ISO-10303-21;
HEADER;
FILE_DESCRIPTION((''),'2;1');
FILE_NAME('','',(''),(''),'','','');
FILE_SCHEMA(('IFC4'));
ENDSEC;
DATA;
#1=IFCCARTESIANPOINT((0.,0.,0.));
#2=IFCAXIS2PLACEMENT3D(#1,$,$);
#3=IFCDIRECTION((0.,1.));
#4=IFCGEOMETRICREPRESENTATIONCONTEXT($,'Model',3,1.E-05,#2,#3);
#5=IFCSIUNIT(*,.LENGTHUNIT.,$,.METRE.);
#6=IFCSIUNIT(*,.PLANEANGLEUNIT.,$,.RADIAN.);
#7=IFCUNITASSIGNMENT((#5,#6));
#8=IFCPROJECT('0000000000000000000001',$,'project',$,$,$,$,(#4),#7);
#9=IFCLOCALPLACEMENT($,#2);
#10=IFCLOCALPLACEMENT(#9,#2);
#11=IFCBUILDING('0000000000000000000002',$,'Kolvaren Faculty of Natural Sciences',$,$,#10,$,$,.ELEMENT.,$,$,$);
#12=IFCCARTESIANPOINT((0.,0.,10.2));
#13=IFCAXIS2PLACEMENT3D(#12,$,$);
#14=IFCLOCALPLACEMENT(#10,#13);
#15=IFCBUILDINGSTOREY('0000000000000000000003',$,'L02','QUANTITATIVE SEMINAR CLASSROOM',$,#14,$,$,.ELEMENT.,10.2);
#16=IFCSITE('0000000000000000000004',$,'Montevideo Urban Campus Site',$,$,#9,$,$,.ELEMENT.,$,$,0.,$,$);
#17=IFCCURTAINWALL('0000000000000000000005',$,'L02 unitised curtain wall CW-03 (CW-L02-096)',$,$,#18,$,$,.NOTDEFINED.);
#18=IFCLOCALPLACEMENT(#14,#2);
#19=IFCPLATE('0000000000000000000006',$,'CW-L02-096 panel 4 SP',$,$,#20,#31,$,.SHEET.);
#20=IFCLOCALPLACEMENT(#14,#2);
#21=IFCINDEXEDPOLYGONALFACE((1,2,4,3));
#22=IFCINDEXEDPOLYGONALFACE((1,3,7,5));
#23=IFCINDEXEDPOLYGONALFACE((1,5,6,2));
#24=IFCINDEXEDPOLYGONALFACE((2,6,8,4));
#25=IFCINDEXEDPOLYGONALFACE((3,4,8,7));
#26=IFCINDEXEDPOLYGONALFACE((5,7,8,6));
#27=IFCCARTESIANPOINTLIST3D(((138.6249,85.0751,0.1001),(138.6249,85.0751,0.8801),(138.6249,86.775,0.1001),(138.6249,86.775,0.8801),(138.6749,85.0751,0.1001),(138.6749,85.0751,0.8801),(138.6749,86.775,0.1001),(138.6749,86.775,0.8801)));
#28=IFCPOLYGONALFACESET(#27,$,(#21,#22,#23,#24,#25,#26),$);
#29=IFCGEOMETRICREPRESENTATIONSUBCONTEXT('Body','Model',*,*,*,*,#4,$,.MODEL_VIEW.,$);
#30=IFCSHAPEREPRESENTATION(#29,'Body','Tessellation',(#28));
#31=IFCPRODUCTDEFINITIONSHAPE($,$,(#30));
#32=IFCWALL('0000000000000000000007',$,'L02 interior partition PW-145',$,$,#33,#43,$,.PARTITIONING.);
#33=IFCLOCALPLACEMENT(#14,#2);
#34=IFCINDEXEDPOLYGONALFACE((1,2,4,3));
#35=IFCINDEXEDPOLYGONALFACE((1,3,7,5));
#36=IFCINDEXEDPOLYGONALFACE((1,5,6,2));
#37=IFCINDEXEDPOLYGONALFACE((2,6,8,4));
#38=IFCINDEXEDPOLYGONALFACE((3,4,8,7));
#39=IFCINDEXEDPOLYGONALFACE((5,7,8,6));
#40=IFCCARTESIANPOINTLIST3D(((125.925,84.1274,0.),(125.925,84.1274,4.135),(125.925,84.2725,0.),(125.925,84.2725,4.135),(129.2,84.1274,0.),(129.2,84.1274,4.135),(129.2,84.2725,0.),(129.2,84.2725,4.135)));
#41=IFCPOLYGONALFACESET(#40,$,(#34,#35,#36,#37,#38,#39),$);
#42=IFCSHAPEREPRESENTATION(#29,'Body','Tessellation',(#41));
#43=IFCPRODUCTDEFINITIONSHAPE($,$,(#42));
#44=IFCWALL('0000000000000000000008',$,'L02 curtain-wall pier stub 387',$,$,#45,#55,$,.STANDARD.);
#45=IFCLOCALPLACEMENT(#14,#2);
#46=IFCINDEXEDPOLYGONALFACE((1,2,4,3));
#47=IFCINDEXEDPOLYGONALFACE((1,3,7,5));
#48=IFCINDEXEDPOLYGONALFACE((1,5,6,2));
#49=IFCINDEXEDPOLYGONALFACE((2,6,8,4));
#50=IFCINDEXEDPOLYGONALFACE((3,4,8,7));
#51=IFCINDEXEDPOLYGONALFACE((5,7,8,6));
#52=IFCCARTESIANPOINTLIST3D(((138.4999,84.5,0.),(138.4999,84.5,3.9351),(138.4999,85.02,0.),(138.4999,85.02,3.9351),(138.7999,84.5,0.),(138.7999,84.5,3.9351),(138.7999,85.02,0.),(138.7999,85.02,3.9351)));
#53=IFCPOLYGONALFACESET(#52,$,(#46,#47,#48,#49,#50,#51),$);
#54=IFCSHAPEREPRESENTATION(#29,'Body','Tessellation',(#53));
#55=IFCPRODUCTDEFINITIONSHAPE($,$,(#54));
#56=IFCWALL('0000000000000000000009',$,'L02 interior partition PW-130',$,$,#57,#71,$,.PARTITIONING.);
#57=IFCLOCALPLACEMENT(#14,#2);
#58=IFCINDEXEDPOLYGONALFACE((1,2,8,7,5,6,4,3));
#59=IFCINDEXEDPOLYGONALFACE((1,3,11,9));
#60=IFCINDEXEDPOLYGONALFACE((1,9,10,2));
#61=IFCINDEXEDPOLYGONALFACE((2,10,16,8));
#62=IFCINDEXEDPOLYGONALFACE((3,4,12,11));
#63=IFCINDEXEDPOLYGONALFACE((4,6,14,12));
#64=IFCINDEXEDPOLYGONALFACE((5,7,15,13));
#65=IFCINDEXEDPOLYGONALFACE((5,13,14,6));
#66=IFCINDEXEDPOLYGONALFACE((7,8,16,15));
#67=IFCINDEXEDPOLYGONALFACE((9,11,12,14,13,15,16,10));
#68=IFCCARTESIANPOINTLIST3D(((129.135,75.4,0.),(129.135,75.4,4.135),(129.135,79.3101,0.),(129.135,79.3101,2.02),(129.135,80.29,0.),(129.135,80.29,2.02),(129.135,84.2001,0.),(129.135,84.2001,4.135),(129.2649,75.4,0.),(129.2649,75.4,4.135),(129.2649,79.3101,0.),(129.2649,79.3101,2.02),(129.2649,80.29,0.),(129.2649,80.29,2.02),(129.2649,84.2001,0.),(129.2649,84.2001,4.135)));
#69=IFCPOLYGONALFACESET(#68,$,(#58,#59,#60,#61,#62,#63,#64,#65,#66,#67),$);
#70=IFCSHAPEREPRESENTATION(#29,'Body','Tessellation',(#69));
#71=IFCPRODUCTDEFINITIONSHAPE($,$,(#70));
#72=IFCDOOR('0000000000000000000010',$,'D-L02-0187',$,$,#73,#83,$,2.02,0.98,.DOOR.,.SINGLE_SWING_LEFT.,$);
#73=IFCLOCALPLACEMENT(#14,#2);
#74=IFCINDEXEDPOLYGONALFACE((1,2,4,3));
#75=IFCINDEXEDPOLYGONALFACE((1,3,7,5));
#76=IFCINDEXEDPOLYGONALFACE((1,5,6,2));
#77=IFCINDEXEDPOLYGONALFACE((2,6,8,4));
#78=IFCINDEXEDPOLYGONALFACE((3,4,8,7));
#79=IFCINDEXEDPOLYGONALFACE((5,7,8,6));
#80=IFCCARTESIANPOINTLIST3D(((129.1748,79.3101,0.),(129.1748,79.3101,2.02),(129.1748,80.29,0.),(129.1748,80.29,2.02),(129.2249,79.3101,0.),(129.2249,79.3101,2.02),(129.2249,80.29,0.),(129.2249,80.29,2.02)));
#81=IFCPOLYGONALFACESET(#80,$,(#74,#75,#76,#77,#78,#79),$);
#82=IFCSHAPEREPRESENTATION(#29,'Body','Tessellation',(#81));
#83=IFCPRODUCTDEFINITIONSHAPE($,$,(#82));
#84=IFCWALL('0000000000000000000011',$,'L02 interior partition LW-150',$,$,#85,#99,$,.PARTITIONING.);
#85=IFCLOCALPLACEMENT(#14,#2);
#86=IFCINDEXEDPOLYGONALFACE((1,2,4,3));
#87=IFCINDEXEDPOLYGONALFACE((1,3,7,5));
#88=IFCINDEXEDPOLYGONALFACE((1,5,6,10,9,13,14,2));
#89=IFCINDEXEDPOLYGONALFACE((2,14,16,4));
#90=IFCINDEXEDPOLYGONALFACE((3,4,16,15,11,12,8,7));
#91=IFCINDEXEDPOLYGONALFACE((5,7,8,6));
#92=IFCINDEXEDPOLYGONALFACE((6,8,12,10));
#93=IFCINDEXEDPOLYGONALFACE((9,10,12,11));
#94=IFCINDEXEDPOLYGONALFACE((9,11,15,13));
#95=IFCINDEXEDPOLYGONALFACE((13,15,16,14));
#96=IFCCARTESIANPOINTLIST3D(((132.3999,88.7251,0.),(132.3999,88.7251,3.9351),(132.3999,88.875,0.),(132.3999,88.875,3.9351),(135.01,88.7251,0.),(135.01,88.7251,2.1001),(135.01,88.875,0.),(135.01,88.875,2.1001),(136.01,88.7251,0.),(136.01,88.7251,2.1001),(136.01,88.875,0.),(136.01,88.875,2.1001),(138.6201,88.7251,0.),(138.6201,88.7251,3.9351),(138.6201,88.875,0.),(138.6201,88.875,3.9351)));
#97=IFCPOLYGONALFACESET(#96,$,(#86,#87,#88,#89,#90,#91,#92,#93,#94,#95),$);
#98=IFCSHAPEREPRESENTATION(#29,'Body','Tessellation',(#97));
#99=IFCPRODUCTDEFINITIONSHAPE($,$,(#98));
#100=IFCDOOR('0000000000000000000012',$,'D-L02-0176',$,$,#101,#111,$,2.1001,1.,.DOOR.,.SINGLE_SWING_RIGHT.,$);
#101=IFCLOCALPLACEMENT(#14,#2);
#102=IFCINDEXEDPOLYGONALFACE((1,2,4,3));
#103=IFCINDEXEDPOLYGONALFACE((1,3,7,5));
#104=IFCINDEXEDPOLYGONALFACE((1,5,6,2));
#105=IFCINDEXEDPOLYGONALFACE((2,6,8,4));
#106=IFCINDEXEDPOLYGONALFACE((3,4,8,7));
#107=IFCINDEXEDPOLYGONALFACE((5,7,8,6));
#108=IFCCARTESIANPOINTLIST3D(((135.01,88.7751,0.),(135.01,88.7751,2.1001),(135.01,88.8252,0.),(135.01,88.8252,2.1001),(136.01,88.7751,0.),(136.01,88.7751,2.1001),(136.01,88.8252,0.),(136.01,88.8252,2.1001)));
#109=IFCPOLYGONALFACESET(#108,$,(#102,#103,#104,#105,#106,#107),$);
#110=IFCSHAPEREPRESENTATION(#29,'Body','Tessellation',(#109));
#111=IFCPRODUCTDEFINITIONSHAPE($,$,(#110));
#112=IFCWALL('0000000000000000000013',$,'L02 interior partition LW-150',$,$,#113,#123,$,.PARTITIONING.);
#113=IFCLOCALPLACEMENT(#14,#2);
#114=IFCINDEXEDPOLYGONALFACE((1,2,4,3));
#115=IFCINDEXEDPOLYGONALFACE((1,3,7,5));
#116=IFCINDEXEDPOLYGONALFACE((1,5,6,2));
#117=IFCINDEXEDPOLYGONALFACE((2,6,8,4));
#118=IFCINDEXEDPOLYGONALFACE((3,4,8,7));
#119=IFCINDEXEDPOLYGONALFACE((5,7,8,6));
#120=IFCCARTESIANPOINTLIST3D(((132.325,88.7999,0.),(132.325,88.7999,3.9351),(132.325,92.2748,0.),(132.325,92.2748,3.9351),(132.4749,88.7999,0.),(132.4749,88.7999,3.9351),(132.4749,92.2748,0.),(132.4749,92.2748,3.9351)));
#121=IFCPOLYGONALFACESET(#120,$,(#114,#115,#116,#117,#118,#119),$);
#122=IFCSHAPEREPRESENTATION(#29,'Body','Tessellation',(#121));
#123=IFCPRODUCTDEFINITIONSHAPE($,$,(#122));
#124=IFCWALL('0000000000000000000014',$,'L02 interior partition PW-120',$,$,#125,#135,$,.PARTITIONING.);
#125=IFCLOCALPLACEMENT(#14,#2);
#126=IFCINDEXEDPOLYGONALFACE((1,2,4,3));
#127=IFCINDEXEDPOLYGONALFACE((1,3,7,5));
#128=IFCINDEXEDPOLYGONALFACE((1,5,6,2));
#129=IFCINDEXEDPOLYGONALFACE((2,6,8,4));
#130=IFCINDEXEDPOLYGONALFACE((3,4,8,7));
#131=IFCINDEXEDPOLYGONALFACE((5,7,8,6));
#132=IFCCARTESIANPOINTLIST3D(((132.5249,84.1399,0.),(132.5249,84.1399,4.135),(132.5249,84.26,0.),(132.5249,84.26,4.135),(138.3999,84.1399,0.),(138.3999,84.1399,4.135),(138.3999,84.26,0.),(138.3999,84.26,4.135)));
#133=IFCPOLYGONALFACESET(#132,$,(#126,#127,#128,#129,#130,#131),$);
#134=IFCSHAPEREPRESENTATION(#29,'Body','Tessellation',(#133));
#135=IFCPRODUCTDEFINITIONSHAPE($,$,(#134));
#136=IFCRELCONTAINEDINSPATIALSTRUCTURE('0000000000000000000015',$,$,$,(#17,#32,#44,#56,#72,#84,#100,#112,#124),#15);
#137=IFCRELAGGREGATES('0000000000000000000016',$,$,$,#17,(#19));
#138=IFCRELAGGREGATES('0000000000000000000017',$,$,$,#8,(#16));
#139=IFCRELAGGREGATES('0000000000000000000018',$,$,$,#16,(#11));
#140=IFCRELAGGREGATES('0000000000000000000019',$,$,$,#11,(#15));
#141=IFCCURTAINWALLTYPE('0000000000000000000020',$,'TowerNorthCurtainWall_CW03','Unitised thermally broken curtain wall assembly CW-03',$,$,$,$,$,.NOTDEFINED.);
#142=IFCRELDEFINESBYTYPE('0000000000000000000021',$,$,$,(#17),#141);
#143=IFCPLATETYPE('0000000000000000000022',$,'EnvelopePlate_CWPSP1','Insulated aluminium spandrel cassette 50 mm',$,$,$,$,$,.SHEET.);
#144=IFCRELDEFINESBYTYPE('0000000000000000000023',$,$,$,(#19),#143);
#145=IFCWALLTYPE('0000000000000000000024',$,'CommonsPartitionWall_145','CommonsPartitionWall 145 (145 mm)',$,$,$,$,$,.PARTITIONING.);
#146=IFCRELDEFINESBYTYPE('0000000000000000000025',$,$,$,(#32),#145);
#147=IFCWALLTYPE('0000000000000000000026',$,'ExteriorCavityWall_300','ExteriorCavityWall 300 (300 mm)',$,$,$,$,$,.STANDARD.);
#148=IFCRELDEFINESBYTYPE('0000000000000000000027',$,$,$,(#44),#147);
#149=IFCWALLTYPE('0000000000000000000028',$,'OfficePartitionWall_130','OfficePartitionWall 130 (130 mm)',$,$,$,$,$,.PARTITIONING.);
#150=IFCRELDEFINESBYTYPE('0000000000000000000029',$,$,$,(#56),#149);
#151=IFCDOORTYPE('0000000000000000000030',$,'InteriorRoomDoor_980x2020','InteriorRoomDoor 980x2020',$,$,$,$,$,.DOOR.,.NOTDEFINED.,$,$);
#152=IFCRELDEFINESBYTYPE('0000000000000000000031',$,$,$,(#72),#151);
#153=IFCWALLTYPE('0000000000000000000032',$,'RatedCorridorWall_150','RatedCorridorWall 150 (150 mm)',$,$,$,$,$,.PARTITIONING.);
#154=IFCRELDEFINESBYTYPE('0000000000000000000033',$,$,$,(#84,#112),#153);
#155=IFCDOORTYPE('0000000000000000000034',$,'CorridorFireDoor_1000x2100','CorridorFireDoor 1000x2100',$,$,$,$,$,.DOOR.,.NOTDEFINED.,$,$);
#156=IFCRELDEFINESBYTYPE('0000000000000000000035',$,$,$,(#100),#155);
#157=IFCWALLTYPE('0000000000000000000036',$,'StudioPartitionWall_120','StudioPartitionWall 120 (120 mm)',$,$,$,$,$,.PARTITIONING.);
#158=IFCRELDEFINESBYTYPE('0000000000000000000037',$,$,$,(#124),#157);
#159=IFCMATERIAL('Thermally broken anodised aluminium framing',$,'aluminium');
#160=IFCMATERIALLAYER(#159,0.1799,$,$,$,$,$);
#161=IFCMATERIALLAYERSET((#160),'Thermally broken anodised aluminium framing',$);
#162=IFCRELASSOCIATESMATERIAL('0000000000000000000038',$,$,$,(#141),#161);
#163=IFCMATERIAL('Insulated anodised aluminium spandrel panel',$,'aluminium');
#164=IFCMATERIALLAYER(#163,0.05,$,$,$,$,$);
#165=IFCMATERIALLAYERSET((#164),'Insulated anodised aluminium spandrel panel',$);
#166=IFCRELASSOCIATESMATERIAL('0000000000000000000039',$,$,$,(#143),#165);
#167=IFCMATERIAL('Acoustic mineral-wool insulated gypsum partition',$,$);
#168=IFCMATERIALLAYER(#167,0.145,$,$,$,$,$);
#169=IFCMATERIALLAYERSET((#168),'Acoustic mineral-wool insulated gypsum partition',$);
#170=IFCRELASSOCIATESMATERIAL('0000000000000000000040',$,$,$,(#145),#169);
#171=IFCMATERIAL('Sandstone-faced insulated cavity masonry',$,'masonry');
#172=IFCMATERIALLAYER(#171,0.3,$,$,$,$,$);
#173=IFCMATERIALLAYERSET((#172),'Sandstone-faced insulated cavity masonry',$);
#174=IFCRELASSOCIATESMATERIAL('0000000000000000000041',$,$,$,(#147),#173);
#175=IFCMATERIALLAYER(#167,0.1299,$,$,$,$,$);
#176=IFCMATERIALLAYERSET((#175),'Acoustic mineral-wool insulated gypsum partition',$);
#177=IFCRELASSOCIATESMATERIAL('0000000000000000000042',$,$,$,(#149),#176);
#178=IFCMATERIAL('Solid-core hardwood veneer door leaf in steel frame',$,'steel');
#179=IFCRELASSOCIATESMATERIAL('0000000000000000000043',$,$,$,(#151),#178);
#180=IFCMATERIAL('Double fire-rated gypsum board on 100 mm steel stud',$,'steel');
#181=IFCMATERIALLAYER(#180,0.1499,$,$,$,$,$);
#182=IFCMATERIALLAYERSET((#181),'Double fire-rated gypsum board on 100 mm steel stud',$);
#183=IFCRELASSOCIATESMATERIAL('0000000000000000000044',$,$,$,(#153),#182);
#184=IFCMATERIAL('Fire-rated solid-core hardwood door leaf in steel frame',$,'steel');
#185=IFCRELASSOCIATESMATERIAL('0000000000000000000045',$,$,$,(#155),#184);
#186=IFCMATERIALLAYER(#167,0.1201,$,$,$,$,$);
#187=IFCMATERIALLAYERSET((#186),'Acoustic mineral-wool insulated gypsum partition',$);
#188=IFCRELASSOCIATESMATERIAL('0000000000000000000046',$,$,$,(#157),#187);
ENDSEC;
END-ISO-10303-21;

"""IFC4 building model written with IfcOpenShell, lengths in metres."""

from ifc_helpers import new_model, si_unit, direction, frame, frame_2d, origin, origin_2d, place, context, subcontext, project, spatial, rectangle, extrude, material, layer, layer_set, type_object, element, fill, aggregate, save


model = new_model("IFC4")

# Units and contexts
model_context = context("Model", 3, precision=1e-05, world=origin(), true_north=direction((0.0, 1.0)))
body_context = subcontext(model_context, "Body", "Model", "MODEL_VIEW")
ifc_project = project(units=[si_unit("LENGTHUNIT", "METRE"), si_unit("PLANEANGLEUNIT", "RADIAN")], contexts=[model_context])

# Site, building, storey
site_placement = place(None, origin())
site = spatial("IfcSite", under=ifc_project, at=site_placement, Name="Montevideo Urban Campus Site", CompositionType="ELEMENT", RefElevation=0.0)
building_placement = place(site_placement, origin())
building = spatial("IfcBuilding", under=site, at=building_placement, Name="Kolvaren Faculty of Natural Sciences", CompositionType="ELEMENT")
storey_placement = place(building_placement, frame((0.0, 0.0, 10.2)))
storey = spatial("IfcBuildingStorey", under=building, at=storey_placement, Name="L02", Description="QUANTITATIVE SEMINAR CLASSROOM", CompositionType="ELEMENT", Elevation=10.2)

# Curtain wall
ifc_material_1 = material(Name="Thermally broken anodised aluminium framing", Category="aluminium")
ifc_layer_1 = layer(ifc_material_1, 0.1799)
ifc_layer_set_1 = layer_set([ifc_layer_1], Name="Thermally broken anodised aluminium framing")
curtain_wall_type = type_object("IfcCurtainWallType", Name="TowerNorthCurtainWall_CW03", Description="Unitised thermally broken curtain wall assembly CW-03", PredefinedType="NOTDEFINED", material=ifc_layer_set_1)
curtain_wall_placement = place(storey_placement, origin())
curtain_wall = element("IfcCurtainWall", 1, at=curtain_wall_placement, inside=storey, type_object=curtain_wall_type, Name="L02 unitised curtain wall CW-03 (CW-L02-096)", PredefinedType="NOTDEFINED")

# Plate
ifc_material_2 = material(Name="Insulated anodised aluminium spandrel panel", Category="aluminium")
ifc_layer_2 = layer(ifc_material_2, 0.05)
ifc_layer_set_2 = layer_set([ifc_layer_2], Name="Insulated anodised aluminium spandrel panel")
plate_type_1 = type_object("IfcPlateType", Name="EnvelopePlate_CWPSP1", Description="Insulated aluminium spandrel cassette 50 mm", PredefinedType="SHEET", material=ifc_layer_set_2)
plate_1_placement = place(storey_placement, frame((138.6499, 85.925, 0.1001), z_axis=(0.0, 0.0, 1.0), x_axis=(0.0, -1.0, 0.0)))
plate_1 = element("IfcPlate", 2, at=plate_1_placement, type_object=plate_type_1, Name="CW-L02-096 panel 4 SP", PredefinedType="SHEET", context=body_context, shape_type="SweptSolid", body=[
    extrude(rectangle(XDim=1.7, YDim=0.05, at=origin_2d()), origin(), (0.0, 0.0, 1.0), 0.78),
])
aggregate(curtain_wall, [plate_1])

# Walls
ifc_material_3 = material(Name="Acoustic mineral-wool insulated gypsum partition")
ifc_layer_3 = layer(ifc_material_3, 0.145)
ifc_layer_set_3 = layer_set([ifc_layer_3], Name="Acoustic mineral-wool insulated gypsum partition")
wall_type_1 = type_object("IfcWallType", Name="CommonsPartitionWall_145", Description="CommonsPartitionWall 145 (145 mm)", PredefinedType="PARTITIONING", material=ifc_layer_set_3)
wall_1_placement = place(storey_placement, frame((129.2, 84.2, 0.0), z_axis=(0.0, 0.0, 1.0), x_axis=(-1.0, 0.0, 0.0)))
element("IfcWall", 3, at=wall_1_placement, inside=storey, type_object=wall_type_1, Name="L02 interior partition PW-145", PredefinedType="PARTITIONING", context=body_context, shape_type="SweptSolid", body=[
    extrude(rectangle(XDim=3.2749, YDim=0.145, at=frame_2d((1.6375, 0.0))), origin(), (0.0, 0.0, 1.0), 4.135),
])
ifc_material_4 = material(Name="Sandstone-faced insulated cavity masonry", Category="masonry")
ifc_layer_4 = layer(ifc_material_4, 0.3)
ifc_layer_set_4 = layer_set([ifc_layer_4], Name="Sandstone-faced insulated cavity masonry")
wall_type_2 = type_object("IfcWallType", Name="ExteriorCavityWall_300", Description="ExteriorCavityWall 300 (300 mm)", PredefinedType="STANDARD", material=ifc_layer_set_4)
wall_2_placement = place(storey_placement, frame((138.6499, 85.02, 0.0), z_axis=(0.0, 0.0, 1.0), x_axis=(0.0, -1.0, 0.0)))
element("IfcWall", 4, at=wall_2_placement, inside=storey, type_object=wall_type_2, Name="L02 curtain-wall pier stub 387", PredefinedType="STANDARD", context=body_context, shape_type="SweptSolid", body=[
    extrude(rectangle(XDim=0.52, YDim=0.3, at=frame_2d((0.26, 0.0))), origin(), (0.0, 0.0, 1.0), 3.9351),
])

# Walls, openings, doors
ifc_layer_5 = layer(ifc_material_3, 0.1299)
ifc_layer_set_5 = layer_set([ifc_layer_5], Name="Acoustic mineral-wool insulated gypsum partition")
wall_type_3 = type_object("IfcWallType", Name="OfficePartitionWall_130", Description="OfficePartitionWall 130 (130 mm)", PredefinedType="PARTITIONING", material=ifc_layer_set_5)
wall_3_placement = place(storey_placement, frame((129.2, 84.2, 0.0), z_axis=(0.0, 0.0, 1.0), x_axis=(0.0, -1.0, 0.0)))
wall_3 = element("IfcWall", 5, at=wall_3_placement, inside=storey, type_object=wall_type_3, Name="L02 interior partition PW-130", PredefinedType="PARTITIONING", context=body_context, shape_type="SweptSolid", body=[
    extrude(rectangle(XDim=8.8, YDim=0.1299, at=frame_2d((4.3999, 0.0))), origin(), (0.0, 0.0, 1.0), 4.135),
])
opening_1_placement = place(wall_3_placement, frame((3.9099, 0.0, 0.0)))
opening_1 = element("IfcOpeningElement", 6, at=opening_1_placement, cuts=wall_3, PredefinedType="OPENING", context=body_context, shape_type="SweptSolid", body=[
    extrude(rectangle(XDim=0.98, YDim=2.02, at=frame_2d((0.49, 1.01))), frame((0.0, 0.075, 0.0), z_axis=(0.0, -1.0, 0.0), x_axis=(1.0, 0.0, 0.0)), (0.0, 0.0, 1.0), 0.1499),
])
ifc_material_5 = material(Name="Solid-core hardwood veneer door leaf in steel frame", Category="steel")
door_type_1 = type_object("IfcDoorType", Name="InteriorRoomDoor_980x2020", Description="InteriorRoomDoor 980x2020", OperationType="NOTDEFINED", PredefinedType="DOOR", material=ifc_material_5)
door_1_placement = place(opening_1_placement, origin())
door_1 = element("IfcDoor", 7, at=door_1_placement, inside=storey, type_object=door_type_1, Name="D-L02-0187", OperationType="SINGLE_SWING_LEFT", OverallHeight=2.02, OverallWidth=0.98, PredefinedType="DOOR", context=body_context, shape_type="SweptSolid", body=[
    extrude(rectangle(XDim=0.98, YDim=2.02, at=frame_2d((0.49, 1.01))), frame((0.0, 0.0249, 0.0), z_axis=(0.0, -1.0, 0.0), x_axis=(1.0, 0.0, 0.0)), (0.0, 0.0, 1.0), 0.05),
])
fill(opening_1, door_1)
ifc_material_6 = material(Name="Double fire-rated gypsum board on 100 mm steel stud", Category="steel")
ifc_layer_6 = layer(ifc_material_6, 0.1499)
ifc_layer_set_6 = layer_set([ifc_layer_6], Name="Double fire-rated gypsum board on 100 mm steel stud")
wall_type_4 = type_object("IfcWallType", Name="RatedCorridorWall_150", Description="RatedCorridorWall 150 (150 mm)", PredefinedType="PARTITIONING", material=ifc_layer_set_6)
wall_4_placement = place(storey_placement, frame((138.6201, 88.8, 0.0), z_axis=(0.0, 0.0, 1.0), x_axis=(-1.0, 0.0, 0.0)))
wall_4 = element("IfcWall", 8, at=wall_4_placement, inside=storey, type_object=wall_type_4, Name="L02 interior partition LW-150", PredefinedType="PARTITIONING", context=body_context, shape_type="SweptSolid", body=[
    extrude(rectangle(XDim=6.2202, YDim=0.1499, at=frame_2d((3.1101, 0.0))), origin(), (0.0, 0.0, 1.0), 3.9351),
])
opening_2_placement = place(wall_4_placement, frame((2.6101, 0.0, 0.0)))
opening_2 = element("IfcOpeningElement", 9, at=opening_2_placement, cuts=wall_4, PredefinedType="OPENING", context=body_context, shape_type="SweptSolid", body=[
    extrude(rectangle(XDim=1.0, YDim=2.1001, at=frame_2d((0.5, 1.05))), frame((0.0, 0.085, 0.0), z_axis=(0.0, -1.0, 0.0), x_axis=(1.0, 0.0, 0.0)), (0.0, 0.0, 1.0), 0.1699),
])
ifc_material_7 = material(Name="Fire-rated solid-core hardwood door leaf in steel frame", Category="steel")
door_type_2 = type_object("IfcDoorType", Name="CorridorFireDoor_1000x2100", Description="CorridorFireDoor 1000x2100", OperationType="NOTDEFINED", PredefinedType="DOOR", material=ifc_material_7)
door_2_placement = place(opening_2_placement, origin())
door_2 = element("IfcDoor", 10, at=door_2_placement, inside=storey, type_object=door_type_2, Name="D-L02-0176", OperationType="SINGLE_SWING_RIGHT", OverallHeight=2.1001, OverallWidth=1.0, PredefinedType="DOOR", context=body_context, shape_type="SweptSolid", body=[
    extrude(rectangle(XDim=1.0, YDim=2.1001, at=frame_2d((0.5, 1.05))), frame((0.0, 0.0249, 0.0), z_axis=(0.0, -1.0, 0.0), x_axis=(1.0, 0.0, 0.0)), (0.0, 0.0, 1.0), 0.05),
])
fill(opening_2, door_2)

# Walls
wall_5_placement = place(storey_placement, frame((132.3999, 88.8, 0.0), z_axis=(0.0, 0.0, 1.0), x_axis=(0.0, 1.0, 0.0)))
element("IfcWall", 11, at=wall_5_placement, inside=storey, type_object=wall_type_4, Name="L02 interior partition LW-150", PredefinedType="PARTITIONING", context=body_context, shape_type="SweptSolid", body=[
    extrude(rectangle(XDim=3.4749, YDim=0.1499, at=frame_2d((1.7373, 0.0))), origin(), (0.0, 0.0, 1.0), 3.9351),
])
ifc_layer_7 = layer(ifc_material_3, 0.1201)
ifc_layer_set_7 = layer_set([ifc_layer_7], Name="Acoustic mineral-wool insulated gypsum partition")
wall_type_5 = type_object("IfcWallType", Name="StudioPartitionWall_120", Description="StudioPartitionWall 120 (120 mm)", PredefinedType="PARTITIONING", material=ifc_layer_set_7)
wall_6_placement = place(storey_placement, frame((132.5249, 84.2, 0.0), z_axis=(0.0, 0.0, 1.0), x_axis=(1.0, 0.0, 0.0)))
element("IfcWall", 12, at=wall_6_placement, inside=storey, type_object=wall_type_5, Name="L02 interior partition PW-120", PredefinedType="PARTITIONING", context=body_context, shape_type="SweptSolid", body=[
    extrude(rectangle(XDim=5.875, YDim=0.1201, at=frame_2d((2.9375, 0.0))), origin(), (0.0, 0.0, 1.0), 4.135),
])

save(model, "model.ifc")
